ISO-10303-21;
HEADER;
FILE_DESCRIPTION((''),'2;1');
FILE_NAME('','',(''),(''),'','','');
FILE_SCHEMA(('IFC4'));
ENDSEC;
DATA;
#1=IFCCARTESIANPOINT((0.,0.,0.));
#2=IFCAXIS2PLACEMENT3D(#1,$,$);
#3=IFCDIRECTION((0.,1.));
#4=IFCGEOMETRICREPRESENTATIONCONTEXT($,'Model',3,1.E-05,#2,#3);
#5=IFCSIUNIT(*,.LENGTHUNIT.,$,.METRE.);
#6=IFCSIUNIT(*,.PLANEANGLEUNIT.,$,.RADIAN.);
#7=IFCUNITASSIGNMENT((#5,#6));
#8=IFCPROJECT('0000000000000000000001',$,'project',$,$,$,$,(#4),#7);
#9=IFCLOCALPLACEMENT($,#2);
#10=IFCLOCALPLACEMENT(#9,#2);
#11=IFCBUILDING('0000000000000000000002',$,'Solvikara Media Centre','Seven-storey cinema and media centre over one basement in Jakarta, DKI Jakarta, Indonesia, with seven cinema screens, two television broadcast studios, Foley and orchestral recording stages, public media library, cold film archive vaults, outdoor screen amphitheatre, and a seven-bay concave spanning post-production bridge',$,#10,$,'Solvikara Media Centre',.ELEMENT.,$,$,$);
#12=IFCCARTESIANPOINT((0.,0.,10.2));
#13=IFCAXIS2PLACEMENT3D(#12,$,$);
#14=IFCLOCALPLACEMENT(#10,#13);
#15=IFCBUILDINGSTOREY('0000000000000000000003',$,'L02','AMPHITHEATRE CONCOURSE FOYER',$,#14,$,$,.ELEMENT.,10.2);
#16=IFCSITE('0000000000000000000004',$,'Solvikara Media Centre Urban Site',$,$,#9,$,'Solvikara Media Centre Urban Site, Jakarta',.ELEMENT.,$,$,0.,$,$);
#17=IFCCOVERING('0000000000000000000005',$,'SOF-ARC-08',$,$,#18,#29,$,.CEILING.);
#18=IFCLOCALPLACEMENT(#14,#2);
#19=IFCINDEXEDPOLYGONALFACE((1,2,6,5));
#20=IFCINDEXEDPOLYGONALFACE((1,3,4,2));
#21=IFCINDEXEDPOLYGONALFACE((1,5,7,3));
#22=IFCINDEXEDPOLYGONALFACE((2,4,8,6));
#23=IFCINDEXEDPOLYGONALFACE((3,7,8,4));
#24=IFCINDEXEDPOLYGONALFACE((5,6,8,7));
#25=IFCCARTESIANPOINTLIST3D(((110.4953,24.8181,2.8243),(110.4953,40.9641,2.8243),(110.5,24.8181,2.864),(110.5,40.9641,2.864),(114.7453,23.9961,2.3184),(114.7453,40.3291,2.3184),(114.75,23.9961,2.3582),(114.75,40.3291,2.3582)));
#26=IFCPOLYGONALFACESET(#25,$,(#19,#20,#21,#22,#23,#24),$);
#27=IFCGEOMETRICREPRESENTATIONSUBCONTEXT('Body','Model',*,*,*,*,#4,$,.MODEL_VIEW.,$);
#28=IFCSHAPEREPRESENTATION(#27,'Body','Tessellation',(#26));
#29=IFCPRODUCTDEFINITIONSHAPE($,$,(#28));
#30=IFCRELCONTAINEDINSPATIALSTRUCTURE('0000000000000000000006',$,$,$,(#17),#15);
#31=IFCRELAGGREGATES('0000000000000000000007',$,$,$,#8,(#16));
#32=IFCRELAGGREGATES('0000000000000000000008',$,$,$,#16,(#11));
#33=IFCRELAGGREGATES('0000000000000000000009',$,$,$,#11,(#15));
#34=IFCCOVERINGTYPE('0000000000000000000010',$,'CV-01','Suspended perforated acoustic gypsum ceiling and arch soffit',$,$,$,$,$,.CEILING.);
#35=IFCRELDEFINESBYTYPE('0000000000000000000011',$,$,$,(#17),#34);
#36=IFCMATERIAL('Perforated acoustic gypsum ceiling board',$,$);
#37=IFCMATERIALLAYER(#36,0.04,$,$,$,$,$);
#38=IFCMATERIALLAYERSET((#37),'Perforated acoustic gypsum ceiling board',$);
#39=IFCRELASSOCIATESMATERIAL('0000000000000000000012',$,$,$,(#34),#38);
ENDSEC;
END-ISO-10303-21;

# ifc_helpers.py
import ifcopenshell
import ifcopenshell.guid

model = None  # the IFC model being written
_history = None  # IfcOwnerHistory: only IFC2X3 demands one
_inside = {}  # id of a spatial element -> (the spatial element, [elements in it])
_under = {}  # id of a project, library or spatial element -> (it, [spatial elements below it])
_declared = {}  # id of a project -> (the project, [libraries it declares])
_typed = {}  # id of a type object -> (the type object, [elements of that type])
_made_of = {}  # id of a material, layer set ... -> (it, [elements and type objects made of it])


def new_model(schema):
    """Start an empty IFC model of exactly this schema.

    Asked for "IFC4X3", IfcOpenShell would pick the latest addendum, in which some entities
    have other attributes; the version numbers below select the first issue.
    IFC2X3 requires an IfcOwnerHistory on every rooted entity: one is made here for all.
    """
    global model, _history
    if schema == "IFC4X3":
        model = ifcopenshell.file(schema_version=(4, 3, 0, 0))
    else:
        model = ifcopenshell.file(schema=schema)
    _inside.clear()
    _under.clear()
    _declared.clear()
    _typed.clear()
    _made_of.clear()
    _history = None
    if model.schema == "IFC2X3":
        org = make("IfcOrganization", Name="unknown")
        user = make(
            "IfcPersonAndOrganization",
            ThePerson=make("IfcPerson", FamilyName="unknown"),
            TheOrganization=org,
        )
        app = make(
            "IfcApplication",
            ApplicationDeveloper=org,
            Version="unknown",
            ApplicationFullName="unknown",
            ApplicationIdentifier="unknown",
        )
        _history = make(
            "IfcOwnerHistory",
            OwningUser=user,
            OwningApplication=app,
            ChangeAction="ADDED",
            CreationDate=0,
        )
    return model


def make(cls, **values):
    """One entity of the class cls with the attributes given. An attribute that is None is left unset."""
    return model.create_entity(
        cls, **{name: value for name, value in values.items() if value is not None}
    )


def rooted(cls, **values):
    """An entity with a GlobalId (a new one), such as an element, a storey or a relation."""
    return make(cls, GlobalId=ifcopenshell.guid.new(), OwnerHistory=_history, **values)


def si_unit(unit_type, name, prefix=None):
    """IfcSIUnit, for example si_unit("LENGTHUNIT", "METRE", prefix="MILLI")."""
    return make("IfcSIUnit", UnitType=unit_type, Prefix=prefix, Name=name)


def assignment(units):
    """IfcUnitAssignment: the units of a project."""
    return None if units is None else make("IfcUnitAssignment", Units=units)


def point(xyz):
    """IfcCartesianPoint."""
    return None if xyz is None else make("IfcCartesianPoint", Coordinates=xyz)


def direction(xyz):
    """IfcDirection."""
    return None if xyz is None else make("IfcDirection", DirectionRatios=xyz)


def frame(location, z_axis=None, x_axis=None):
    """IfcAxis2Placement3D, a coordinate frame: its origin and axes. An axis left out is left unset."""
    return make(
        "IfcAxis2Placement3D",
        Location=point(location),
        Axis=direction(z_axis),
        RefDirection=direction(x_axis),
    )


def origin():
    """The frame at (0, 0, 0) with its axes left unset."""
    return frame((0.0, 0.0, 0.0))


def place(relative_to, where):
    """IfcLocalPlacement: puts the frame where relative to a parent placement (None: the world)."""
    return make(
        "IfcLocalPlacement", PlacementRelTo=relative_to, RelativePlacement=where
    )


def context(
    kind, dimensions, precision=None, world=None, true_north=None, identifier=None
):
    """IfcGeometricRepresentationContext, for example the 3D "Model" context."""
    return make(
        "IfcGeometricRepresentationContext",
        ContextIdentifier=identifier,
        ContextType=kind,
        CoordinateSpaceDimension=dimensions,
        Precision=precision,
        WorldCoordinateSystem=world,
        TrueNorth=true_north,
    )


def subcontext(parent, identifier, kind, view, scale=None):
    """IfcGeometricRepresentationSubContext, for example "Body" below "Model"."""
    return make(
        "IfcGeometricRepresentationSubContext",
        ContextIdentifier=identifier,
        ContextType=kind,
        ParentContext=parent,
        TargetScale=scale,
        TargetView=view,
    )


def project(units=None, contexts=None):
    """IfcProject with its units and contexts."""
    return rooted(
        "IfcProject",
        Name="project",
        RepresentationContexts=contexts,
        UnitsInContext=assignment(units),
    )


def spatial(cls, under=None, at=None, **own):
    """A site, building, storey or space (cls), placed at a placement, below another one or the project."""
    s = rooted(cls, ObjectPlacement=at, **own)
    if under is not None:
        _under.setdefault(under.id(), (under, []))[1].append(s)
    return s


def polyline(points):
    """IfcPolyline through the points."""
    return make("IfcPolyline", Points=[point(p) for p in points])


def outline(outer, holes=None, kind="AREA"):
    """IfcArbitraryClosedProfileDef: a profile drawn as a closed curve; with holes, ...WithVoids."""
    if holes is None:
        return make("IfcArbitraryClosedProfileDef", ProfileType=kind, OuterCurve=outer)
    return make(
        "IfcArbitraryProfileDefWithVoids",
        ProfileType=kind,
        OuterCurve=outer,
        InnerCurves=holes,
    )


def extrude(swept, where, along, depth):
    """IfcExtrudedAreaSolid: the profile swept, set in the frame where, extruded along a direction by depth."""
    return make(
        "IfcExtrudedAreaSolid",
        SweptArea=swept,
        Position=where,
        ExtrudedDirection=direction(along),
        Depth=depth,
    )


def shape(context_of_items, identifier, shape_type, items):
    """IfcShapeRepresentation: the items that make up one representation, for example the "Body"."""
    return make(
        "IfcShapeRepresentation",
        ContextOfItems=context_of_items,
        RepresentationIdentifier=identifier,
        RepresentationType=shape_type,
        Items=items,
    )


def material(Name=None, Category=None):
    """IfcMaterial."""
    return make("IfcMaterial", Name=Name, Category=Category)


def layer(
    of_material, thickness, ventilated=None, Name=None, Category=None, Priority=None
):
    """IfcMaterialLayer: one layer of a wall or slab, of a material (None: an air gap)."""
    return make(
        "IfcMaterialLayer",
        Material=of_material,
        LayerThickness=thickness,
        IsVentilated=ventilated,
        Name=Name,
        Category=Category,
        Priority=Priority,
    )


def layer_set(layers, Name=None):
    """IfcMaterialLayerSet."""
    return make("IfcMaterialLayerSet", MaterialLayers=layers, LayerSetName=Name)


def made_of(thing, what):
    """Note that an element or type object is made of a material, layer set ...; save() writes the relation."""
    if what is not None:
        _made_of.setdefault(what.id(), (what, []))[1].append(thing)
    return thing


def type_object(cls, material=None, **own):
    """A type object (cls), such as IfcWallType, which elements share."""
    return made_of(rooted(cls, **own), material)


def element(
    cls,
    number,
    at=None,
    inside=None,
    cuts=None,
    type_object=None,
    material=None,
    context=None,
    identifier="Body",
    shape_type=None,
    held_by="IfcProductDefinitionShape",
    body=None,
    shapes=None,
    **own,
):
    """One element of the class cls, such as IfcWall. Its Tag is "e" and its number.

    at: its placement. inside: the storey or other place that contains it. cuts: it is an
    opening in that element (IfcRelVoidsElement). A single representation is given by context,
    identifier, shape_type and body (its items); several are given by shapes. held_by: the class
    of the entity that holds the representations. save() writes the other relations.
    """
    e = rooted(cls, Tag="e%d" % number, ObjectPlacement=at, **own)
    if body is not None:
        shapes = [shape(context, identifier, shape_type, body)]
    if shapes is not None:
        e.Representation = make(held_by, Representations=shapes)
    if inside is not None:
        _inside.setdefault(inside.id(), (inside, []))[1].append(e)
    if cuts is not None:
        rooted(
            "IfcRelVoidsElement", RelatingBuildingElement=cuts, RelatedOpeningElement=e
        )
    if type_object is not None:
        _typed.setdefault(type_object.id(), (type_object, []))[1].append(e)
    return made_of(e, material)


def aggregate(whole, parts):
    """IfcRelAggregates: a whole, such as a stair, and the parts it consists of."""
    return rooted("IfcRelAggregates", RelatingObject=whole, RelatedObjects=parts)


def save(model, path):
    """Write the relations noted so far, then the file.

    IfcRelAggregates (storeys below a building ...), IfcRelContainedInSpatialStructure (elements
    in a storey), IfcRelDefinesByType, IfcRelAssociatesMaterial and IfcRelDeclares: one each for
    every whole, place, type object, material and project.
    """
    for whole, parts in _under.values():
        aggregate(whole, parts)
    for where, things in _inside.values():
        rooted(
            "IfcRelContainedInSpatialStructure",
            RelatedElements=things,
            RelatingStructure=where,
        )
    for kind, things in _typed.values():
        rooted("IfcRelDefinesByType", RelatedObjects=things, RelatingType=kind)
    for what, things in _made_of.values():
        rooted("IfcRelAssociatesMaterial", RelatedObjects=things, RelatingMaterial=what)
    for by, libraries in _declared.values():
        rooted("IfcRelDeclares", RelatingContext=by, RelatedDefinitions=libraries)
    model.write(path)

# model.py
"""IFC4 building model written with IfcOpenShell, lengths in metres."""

from ifc_helpers import new_model, si_unit, direction, frame, origin, place, context, subcontext, project, spatial, polyline, outline, extrude, material, layer, layer_set, type_object, element, save


model = new_model("IFC4")

# Units and contexts
model_context = context("Model", 3, precision=1e-05, world=origin(), true_north=direction((0.0, 1.0)))
body_context = subcontext(model_context, "Body", "Model", "MODEL_VIEW")
ifc_project = project(units=[si_unit("LENGTHUNIT", "METRE"), si_unit("PLANEANGLEUNIT", "RADIAN")], contexts=[model_context])

# Site, building, storey
site_placement = place(None, origin())
site = spatial("IfcSite", under=ifc_project, at=site_placement, Name="Solvikara Media Centre Urban Site", LongName="Solvikara Media Centre Urban Site, Jakarta", CompositionType="ELEMENT", RefElevation=0.0)
building_placement = place(site_placement, origin())
building = spatial("IfcBuilding", under=site, at=building_placement, Name="Solvikara Media Centre", Description="Seven-storey cinema and media centre over one basement in Jakarta, DKI Jakarta, Indonesia, with seven cinema screens, two television broadcast studios, Foley and orchestral recording stages, public media library, cold film archive vaults, outdoor screen amphitheatre, and a seven-bay concave spanning post-production bridge", LongName="Solvikara Media Centre", CompositionType="ELEMENT")
storey_placement = place(building_placement, frame((0.0, 0.0, 10.2)))
storey = spatial("IfcBuildingStorey", under=building, at=storey_placement, Name="L02", Description="AMPHITHEATRE CONCOURSE FOYER", CompositionType="ELEMENT", Elevation=10.2)

# Covering
ifc_material_1 = material(Name="Perforated acoustic gypsum ceiling board")
ifc_layer_1 = layer(ifc_material_1, 0.04)
ifc_layer_set_1 = layer_set([ifc_layer_1], Name="Perforated acoustic gypsum ceiling board")
covering_type = type_object("IfcCoveringType", Name="CV-01", Description="Suspended perforated acoustic gypsum ceiling and arch soffit", PredefinedType="CEILING", material=ifc_layer_set_1)
covering_1_placement = place(storey_placement, frame((110.5, 24.8181, 2.864), z_axis=(0.118191, 0.0, 0.992991), x_axis=(0.975168, -0.188614, -0.11607)))
element("IfcCovering", 1, at=covering_1_placement, inside=storey, type_object=covering_type, Name="SOF-ARC-08", PredefinedType="CEILING", context=body_context, shape_type="SweptSolid", body=[
    extrude(outline(polyline([(0.0, 0.0), (4.3582, 0.0), (1.2776, 16.0399), (-3.0454, 15.8562), (0.0, 0.0)])), origin(), (0.0, 0.0, -1.0), 0.04),
])

save(model, "model.ifc")
